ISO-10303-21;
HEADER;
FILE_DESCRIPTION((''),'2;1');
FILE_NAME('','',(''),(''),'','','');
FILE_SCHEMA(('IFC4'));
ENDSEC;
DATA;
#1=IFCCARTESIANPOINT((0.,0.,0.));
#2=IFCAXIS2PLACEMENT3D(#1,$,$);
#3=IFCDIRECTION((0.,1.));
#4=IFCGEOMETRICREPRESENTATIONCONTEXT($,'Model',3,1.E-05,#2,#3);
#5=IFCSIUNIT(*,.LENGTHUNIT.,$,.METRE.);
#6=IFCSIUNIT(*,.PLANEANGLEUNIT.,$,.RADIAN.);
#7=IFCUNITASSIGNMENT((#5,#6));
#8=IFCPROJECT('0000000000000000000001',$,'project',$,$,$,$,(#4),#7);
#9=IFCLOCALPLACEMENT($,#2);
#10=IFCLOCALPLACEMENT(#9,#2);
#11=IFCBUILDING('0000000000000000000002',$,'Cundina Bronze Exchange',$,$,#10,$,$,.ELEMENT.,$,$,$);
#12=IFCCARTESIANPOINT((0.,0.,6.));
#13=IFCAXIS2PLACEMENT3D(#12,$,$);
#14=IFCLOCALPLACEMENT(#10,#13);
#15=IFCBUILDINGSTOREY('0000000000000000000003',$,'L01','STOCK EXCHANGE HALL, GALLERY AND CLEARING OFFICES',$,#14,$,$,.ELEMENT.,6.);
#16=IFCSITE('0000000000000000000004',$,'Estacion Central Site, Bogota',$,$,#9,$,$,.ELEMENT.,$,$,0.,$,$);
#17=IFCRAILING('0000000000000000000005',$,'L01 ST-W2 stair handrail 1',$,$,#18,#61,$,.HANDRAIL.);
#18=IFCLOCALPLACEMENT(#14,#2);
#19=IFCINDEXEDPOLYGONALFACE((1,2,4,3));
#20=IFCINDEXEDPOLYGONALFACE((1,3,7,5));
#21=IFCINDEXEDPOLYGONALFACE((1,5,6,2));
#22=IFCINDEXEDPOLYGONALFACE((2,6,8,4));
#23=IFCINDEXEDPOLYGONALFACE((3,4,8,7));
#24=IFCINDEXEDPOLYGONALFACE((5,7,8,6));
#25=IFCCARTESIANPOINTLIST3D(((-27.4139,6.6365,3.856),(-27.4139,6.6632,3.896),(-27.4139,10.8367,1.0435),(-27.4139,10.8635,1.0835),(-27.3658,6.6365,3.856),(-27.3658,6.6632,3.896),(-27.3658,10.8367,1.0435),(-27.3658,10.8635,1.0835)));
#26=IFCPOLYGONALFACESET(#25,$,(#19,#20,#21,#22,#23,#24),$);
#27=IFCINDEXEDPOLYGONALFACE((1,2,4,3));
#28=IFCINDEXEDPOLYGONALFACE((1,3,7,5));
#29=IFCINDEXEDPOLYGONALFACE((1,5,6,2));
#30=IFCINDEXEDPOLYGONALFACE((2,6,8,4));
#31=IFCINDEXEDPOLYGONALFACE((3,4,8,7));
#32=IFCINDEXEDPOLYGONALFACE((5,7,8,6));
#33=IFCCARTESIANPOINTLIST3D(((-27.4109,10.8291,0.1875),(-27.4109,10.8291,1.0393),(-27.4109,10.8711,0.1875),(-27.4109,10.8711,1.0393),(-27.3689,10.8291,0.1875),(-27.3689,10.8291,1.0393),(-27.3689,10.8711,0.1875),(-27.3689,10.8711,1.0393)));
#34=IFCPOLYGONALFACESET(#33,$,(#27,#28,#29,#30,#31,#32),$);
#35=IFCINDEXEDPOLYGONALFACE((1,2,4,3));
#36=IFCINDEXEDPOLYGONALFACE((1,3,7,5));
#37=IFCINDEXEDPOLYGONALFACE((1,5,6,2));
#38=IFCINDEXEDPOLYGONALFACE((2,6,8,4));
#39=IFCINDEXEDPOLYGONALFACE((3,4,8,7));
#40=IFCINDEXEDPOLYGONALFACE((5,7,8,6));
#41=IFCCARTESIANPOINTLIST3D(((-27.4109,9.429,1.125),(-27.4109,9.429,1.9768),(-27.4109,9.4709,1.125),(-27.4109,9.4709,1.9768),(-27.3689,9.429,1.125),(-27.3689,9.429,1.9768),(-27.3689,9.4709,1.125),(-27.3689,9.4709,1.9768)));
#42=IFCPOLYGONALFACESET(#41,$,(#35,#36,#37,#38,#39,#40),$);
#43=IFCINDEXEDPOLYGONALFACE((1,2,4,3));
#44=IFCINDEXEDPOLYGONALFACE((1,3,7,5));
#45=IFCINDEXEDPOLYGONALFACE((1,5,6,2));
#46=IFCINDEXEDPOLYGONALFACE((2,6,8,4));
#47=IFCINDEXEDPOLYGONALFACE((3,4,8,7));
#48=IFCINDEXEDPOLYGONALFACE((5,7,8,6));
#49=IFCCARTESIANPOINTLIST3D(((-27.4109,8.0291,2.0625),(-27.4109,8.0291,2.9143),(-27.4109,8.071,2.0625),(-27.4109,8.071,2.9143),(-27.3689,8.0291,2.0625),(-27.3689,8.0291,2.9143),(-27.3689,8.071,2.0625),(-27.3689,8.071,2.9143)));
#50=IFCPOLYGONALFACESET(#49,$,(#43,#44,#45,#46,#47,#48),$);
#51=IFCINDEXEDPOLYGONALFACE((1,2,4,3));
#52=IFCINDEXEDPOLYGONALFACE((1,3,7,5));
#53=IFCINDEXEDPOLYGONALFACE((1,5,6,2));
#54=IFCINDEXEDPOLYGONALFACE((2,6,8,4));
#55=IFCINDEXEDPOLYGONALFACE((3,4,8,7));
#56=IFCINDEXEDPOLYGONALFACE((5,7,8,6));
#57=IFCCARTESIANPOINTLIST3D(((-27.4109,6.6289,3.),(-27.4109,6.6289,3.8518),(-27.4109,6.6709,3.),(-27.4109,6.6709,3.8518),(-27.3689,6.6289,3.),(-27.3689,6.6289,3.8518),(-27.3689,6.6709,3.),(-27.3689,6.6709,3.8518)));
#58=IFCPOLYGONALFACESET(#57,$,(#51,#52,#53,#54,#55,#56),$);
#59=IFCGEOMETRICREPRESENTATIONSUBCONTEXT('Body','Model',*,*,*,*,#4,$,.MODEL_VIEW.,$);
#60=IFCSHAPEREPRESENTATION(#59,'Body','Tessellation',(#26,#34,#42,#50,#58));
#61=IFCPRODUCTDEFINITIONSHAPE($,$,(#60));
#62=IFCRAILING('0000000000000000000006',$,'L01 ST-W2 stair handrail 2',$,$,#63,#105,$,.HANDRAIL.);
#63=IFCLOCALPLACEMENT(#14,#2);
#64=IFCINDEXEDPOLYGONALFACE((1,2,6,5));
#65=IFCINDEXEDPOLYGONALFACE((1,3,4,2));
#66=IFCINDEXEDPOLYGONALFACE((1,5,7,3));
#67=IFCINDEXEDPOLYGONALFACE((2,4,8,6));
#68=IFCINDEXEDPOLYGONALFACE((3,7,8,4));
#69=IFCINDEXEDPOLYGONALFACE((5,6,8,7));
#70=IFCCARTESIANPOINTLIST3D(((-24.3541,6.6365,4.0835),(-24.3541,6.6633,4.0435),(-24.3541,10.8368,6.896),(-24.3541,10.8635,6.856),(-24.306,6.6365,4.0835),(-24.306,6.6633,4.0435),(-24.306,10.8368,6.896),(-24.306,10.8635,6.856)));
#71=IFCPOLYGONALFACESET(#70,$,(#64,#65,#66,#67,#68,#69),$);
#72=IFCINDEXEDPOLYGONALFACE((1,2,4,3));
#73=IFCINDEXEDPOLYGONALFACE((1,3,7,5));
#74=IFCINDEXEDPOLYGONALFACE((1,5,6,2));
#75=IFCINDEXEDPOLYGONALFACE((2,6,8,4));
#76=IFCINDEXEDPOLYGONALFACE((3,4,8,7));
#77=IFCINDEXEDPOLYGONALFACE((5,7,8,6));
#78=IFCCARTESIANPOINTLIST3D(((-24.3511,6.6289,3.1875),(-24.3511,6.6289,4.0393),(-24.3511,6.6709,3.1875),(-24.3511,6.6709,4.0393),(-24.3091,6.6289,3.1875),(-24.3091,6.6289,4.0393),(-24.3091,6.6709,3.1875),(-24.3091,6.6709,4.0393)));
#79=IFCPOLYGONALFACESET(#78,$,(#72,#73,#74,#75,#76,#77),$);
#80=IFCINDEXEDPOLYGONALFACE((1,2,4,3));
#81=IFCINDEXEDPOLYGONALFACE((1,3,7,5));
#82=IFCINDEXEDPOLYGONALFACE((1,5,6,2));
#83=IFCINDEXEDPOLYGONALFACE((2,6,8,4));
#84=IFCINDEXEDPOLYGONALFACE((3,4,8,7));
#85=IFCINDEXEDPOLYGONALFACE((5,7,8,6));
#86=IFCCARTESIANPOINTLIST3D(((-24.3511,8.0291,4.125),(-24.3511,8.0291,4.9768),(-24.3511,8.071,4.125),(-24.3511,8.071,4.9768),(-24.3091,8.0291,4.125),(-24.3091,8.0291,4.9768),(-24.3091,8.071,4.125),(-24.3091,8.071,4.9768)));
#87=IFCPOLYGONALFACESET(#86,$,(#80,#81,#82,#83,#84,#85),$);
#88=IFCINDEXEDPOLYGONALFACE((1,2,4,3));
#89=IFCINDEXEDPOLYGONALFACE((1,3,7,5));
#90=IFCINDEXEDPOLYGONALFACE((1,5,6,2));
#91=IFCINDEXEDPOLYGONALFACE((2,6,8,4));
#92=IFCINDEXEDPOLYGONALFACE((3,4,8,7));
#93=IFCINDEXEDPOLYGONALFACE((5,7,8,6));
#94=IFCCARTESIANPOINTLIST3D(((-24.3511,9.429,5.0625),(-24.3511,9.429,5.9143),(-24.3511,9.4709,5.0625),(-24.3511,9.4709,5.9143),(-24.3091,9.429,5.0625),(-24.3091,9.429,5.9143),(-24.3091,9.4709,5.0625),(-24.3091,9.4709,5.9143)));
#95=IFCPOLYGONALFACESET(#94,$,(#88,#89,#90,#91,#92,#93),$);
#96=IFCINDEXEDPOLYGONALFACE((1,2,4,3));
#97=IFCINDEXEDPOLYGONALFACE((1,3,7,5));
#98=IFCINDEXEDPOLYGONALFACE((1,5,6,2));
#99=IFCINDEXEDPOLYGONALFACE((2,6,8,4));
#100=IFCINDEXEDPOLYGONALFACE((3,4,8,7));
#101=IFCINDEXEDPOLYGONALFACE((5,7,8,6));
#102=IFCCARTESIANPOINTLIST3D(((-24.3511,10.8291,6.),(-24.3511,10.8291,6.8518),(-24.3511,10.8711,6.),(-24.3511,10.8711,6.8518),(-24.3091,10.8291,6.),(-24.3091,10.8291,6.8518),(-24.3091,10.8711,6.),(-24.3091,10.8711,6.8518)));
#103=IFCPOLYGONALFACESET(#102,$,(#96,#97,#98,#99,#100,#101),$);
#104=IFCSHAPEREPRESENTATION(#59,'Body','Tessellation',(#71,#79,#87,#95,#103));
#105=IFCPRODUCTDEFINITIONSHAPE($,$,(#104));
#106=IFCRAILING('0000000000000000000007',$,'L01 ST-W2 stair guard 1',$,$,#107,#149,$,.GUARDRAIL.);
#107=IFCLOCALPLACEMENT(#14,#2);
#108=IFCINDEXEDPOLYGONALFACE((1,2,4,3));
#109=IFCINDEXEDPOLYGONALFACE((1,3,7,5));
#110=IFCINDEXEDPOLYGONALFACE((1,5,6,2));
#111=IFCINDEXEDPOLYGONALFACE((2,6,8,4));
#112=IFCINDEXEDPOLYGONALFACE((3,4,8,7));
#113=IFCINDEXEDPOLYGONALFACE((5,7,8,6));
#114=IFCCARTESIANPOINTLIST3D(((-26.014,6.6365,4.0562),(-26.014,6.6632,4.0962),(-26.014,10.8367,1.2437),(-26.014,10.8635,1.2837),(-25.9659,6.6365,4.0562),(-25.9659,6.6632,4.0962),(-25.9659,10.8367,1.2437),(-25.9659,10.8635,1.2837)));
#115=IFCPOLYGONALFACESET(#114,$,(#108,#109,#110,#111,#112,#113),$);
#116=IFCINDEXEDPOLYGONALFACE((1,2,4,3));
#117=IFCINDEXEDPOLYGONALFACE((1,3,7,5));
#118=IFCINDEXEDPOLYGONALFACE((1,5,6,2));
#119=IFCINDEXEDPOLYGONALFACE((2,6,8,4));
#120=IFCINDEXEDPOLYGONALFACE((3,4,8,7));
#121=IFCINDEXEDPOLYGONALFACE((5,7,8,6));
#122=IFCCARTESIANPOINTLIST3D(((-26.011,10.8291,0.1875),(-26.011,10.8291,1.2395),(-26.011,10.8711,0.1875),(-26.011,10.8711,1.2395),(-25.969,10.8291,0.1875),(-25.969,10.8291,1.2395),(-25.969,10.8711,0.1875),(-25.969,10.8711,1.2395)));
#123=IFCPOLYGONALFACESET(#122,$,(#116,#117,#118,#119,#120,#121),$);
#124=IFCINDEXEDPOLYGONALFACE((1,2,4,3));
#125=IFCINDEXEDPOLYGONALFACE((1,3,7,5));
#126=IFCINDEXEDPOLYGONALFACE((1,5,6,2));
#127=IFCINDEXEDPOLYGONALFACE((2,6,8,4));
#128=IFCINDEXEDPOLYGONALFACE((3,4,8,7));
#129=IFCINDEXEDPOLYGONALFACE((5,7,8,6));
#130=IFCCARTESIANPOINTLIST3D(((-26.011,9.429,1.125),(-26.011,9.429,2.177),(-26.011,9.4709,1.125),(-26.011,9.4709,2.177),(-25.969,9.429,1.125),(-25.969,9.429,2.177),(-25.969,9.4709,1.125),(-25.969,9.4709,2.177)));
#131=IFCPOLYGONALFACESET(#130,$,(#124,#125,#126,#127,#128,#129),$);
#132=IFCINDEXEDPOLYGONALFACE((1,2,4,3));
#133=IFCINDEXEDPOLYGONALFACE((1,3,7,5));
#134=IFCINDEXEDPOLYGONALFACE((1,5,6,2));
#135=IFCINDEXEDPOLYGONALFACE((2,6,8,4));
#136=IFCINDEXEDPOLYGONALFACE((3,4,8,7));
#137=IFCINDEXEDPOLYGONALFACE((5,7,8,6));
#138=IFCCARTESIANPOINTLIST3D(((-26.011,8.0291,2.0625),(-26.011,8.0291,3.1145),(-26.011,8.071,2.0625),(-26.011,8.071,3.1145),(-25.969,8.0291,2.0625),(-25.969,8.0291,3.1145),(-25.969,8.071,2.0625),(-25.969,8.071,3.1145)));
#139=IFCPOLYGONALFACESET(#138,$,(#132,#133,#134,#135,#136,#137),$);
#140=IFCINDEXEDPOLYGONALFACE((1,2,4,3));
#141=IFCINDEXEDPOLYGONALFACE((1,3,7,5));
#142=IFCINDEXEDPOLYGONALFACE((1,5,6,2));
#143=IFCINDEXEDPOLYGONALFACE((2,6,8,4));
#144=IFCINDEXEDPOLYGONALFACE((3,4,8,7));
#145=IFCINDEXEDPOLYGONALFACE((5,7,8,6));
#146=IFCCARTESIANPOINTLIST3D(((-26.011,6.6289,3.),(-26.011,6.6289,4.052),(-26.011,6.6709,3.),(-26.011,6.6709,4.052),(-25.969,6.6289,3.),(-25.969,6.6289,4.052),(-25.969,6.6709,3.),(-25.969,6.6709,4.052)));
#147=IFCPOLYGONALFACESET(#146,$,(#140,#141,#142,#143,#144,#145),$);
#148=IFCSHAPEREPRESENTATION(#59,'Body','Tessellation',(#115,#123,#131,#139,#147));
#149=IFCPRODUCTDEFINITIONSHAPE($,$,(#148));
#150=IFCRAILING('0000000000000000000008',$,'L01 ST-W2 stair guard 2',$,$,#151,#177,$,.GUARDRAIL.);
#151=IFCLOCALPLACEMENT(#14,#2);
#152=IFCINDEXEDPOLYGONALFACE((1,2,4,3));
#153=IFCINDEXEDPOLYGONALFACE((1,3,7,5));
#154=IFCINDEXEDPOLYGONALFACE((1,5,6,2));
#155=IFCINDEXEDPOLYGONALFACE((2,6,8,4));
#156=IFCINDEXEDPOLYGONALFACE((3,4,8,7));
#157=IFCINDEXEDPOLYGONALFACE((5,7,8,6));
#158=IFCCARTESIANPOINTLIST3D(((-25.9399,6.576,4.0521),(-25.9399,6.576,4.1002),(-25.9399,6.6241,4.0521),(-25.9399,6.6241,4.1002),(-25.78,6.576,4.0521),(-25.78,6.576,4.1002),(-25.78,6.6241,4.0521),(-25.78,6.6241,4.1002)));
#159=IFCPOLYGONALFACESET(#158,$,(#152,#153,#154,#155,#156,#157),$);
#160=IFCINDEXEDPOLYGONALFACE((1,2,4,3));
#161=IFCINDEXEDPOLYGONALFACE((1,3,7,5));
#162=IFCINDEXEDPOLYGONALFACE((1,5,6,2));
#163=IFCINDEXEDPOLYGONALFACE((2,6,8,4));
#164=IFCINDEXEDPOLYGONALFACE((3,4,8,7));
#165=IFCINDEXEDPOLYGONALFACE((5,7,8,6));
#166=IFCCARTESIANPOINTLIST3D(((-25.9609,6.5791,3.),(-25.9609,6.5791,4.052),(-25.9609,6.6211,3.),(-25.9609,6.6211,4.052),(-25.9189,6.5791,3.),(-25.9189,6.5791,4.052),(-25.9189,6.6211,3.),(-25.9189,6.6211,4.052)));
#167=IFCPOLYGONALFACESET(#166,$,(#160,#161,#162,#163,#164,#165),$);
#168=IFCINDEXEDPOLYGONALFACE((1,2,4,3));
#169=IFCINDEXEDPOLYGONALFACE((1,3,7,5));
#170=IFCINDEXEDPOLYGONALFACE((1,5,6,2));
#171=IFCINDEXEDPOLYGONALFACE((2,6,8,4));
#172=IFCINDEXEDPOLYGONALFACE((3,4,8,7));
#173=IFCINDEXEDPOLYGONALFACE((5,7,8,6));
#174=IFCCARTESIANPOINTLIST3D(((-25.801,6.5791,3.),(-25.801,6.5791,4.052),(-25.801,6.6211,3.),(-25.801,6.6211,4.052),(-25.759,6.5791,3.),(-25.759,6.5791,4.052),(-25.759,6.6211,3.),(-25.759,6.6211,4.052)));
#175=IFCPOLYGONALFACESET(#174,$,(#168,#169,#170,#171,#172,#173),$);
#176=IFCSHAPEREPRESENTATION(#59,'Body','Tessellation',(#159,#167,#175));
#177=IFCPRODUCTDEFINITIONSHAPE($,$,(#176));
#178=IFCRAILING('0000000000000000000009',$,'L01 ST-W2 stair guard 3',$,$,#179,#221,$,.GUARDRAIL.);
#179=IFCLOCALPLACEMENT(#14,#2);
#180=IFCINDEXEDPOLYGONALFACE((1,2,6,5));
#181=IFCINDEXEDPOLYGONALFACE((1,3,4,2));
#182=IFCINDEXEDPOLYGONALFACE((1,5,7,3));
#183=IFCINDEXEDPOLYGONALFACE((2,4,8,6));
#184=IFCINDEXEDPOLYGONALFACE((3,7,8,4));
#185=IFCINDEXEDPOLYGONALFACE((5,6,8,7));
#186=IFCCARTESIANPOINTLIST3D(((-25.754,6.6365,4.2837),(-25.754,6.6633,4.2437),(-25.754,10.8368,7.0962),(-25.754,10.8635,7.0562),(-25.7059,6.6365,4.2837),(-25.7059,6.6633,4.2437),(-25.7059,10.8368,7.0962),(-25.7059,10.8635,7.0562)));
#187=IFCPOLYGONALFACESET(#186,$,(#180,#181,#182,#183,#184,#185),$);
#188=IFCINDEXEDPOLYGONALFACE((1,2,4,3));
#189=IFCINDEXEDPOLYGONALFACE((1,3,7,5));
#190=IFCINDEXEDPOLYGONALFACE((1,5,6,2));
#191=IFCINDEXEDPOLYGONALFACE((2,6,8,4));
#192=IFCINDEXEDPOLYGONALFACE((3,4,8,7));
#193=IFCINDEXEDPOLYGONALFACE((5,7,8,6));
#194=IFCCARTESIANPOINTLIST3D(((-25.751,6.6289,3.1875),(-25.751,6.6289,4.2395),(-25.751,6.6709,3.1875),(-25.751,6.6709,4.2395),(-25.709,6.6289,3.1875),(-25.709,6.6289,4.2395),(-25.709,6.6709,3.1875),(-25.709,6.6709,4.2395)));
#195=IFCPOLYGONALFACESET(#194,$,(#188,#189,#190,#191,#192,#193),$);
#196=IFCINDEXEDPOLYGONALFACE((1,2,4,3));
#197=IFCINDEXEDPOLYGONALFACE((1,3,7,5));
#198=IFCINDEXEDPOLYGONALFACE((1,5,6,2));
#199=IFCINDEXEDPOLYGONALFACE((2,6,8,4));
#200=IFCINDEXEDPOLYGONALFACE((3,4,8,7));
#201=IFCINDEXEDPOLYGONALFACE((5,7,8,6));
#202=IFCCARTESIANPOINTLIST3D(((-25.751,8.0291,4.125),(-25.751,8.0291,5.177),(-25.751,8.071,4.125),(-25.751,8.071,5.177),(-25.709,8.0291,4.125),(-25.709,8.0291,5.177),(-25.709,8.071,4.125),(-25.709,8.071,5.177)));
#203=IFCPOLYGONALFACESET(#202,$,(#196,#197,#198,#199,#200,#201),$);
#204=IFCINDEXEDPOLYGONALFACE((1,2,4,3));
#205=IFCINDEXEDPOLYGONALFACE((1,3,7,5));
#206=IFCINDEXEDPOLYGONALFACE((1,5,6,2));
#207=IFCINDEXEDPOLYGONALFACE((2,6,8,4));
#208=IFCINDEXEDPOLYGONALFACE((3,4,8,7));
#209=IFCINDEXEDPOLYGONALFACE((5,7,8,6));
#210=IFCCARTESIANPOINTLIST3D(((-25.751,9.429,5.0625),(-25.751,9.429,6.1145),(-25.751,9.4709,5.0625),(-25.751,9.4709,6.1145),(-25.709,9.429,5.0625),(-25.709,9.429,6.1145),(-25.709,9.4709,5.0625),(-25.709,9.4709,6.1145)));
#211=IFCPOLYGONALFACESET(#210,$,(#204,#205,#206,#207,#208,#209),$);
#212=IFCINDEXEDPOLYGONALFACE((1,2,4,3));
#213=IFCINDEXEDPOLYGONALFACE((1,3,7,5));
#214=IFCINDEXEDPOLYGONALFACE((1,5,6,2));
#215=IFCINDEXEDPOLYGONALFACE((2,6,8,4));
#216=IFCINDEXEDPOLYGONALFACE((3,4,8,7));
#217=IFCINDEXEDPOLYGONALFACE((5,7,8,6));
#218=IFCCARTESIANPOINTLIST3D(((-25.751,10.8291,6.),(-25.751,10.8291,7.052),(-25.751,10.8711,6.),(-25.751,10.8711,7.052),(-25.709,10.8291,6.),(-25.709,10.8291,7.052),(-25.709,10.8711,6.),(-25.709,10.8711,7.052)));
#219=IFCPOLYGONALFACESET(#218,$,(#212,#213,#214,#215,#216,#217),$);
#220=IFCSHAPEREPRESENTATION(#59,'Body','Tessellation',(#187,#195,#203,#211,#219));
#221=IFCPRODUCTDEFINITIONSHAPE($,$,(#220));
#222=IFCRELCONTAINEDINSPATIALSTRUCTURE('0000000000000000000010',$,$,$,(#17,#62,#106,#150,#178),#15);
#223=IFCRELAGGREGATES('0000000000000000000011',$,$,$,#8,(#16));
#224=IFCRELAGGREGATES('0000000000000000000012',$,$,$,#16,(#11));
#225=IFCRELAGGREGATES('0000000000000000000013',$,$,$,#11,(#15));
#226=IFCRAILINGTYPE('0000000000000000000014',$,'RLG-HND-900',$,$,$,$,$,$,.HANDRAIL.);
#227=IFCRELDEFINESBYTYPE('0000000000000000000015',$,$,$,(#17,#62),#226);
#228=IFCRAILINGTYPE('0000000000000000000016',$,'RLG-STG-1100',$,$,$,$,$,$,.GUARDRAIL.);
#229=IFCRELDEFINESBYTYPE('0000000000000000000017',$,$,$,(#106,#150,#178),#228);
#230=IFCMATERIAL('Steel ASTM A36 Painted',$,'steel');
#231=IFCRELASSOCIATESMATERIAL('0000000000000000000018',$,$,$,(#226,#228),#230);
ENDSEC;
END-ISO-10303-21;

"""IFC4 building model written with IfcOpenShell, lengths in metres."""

from ifc_helpers import new_model, si_unit, direction, frame, origin, origin_2d, place, context, subcontext, project, spatial, rectangle, extrude, material, type_object, element, save


model = new_model("IFC4")

# Units and contexts
model_context = context("Model", 3, precision=1e-05, world=origin(), true_north=direction((0.0, 1.0)))
body_context = subcontext(model_context, "Body", "Model", "MODEL_VIEW")
ifc_project = project(units=[si_unit("LENGTHUNIT", "METRE"), si_unit("PLANEANGLEUNIT", "RADIAN")], contexts=[model_context])

# Site, building, storey
site_placement = place(None, origin())
site = spatial("IfcSite", under=ifc_project, at=site_placement, Name="Estacion Central Site, Bogota", CompositionType="ELEMENT", RefElevation=0.0)
building_placement = place(site_placement, origin())
building = spatial("IfcBuilding", under=site, at=building_placement, Name="Cundina Bronze Exchange", CompositionType="ELEMENT")
storey_placement = place(building_placement, frame((0.0, 0.0, 6.0)))
storey = spatial("IfcBuildingStorey", under=building, at=storey_placement, Name="L01", Description="STOCK EXCHANGE HALL, GALLERY AND CLEARING OFFICES", CompositionType="ELEMENT", Elevation=6.0)

# Shared definitions
ifc_material_1 = material(Name="Steel ASTM A36 Painted", Category="steel")

# Railings
railing_type_1 = type_object("IfcRailingType", Name="RLG-HND-900", PredefinedType="HANDRAIL", material=ifc_material_1)
railing_1_placement = place(storey_placement, frame((-27.3899, 10.8501, 0.1875)))
element("IfcRailing", 1, at=railing_1_placement, inside=storey, type_object=railing_type_1, Name="L01 ST-W2 stair handrail 1", PredefinedType="HANDRAIL", context=body_context, shape_type="SweptSolid", body=[
    extrude(rectangle(XDim=0.0481, YDim=0.0481, at=origin_2d()), frame((0.0, 0.0, 0.876), z_axis=(0.0, -0.830919, 0.556393), x_axis=(1.0, 0.0, 0.0)), (0.0, 0.0, 1.0), 5.0549),
    extrude(rectangle(XDim=0.042, YDim=0.042, at=origin_2d()), origin(), (0.0, 0.0, 1.0), 0.8518),
    extrude(rectangle(XDim=0.042, YDim=0.042, at=origin_2d()), frame((0.0, -1.4001, 0.9375)), (0.0, 0.0, 1.0), 0.8518),
    extrude(rectangle(XDim=0.042, YDim=0.042, at=origin_2d()), frame((0.0, -2.8, 1.875)), (0.0, 0.0, 1.0), 0.8518),
    extrude(rectangle(XDim=0.042, YDim=0.042, at=origin_2d()), frame((0.0, -4.2002, 2.8125)), (0.0, 0.0, 1.0), 0.8518),
])
railing_2_placement = place(storey_placement, frame((-24.3301, 6.6499, 3.1875)))
element("IfcRailing", 2, at=railing_2_placement, inside=storey, type_object=railing_type_1, Name="L01 ST-W2 stair handrail 2", PredefinedType="HANDRAIL", context=body_context, shape_type="SweptSolid", body=[
    extrude(rectangle(XDim=0.0481, YDim=0.0481, at=origin_2d()), frame((0.0, 0.0, 0.876), z_axis=(0.0, 0.830919, 0.556393), x_axis=(-1.0, 0.0, 0.0)), (0.0, 0.0, 1.0), 5.0549),
    extrude(rectangle(XDim=0.042, YDim=0.042, at=origin_2d()), origin(), (0.0, 0.0, 1.0), 0.8518),
    extrude(rectangle(XDim=0.042, YDim=0.042, at=origin_2d()), frame((0.0, 1.4001, 0.9375)), (0.0, 0.0, 1.0), 0.8518),
    extrude(rectangle(XDim=0.042, YDim=0.042, at=origin_2d()), frame((0.0, 2.8, 1.875)), (0.0, 0.0, 1.0), 0.8518),
    extrude(rectangle(XDim=0.042, YDim=0.042, at=origin_2d()), frame((0.0, 4.2002, 2.8125)), (0.0, 0.0, 1.0), 0.8518),
])
railing_type_2 = type_object("IfcRailingType", Name="RLG-STG-1100", PredefinedType="GUARDRAIL", material=ifc_material_1)
railing_3_placement = place(storey_placement, frame((-25.99, 10.8501, 0.1875)))
element("IfcRailing", 3, at=railing_3_placement, inside=storey, type_object=railing_type_2, Name="L01 ST-W2 stair guard 1", PredefinedType="GUARDRAIL", context=body_context, shape_type="SweptSolid", body=[
    extrude(rectangle(XDim=0.0481, YDim=0.0481, at=origin_2d()), frame((0.0, 0.0, 1.0762), z_axis=(0.0, -0.830919, 0.556393), x_axis=(1.0, 0.0, 0.0)), (0.0, 0.0, 1.0), 5.0549),
    extrude(rectangle(XDim=0.042, YDim=0.042, at=origin_2d()), origin(), (0.0, 0.0, 1.0), 1.052),
    extrude(rectangle(XDim=0.042, YDim=0.042, at=origin_2d()), frame((0.0, -1.4001, 0.9375)), (0.0, 0.0, 1.0), 1.052),
    extrude(rectangle(XDim=0.042, YDim=0.042, at=origin_2d()), frame((0.0, -2.8, 1.875)), (0.0, 0.0, 1.0), 1.052),
    extrude(rectangle(XDim=0.042, YDim=0.042, at=origin_2d()), frame((0.0, -4.2002, 2.8125)), (0.0, 0.0, 1.0), 1.052),
])
railing_4_placement = place(storey_placement, frame((-25.9399, 6.6001, 3.0)))
element("IfcRailing", 4, at=railing_4_placement, inside=storey, type_object=railing_type_2, Name="L01 ST-W2 stair guard 2", PredefinedType="GUARDRAIL", context=body_context, shape_type="SweptSolid", body=[
    extrude(rectangle(XDim=0.0481, YDim=0.0481, at=origin_2d()), frame((0.0, 0.0, 1.0762), z_axis=(1.0, 0.0, 0.0), x_axis=(0.0, 1.0, 0.0)), (0.0, 0.0, 1.0), 0.1599),
    extrude(rectangle(XDim=0.042, YDim=0.042, at=origin_2d()), origin(), (0.0, 0.0, 1.0), 1.052),
    extrude(rectangle(XDim=0.042, YDim=0.042, at=origin_2d()), frame((0.1599, 0.0, 0.0)), (0.0, 0.0, 1.0), 1.052),
])
railing_5_placement = place(storey_placement, frame((-25.73, 6.6499, 3.1875)))
element("IfcRailing", 5, at=railing_5_placement, inside=storey, type_object=railing_type_2, Name="L01 ST-W2 stair guard 3", PredefinedType="GUARDRAIL", context=body_context, shape_type="SweptSolid", body=[
    extrude(rectangle(XDim=0.0481, YDim=0.0481, at=origin_2d()), frame((0.0, 0.0, 1.0762), z_axis=(0.0, 0.830919, 0.556393), x_axis=(-1.0, 0.0, 0.0)), (0.0, 0.0, 1.0), 5.0549),
    extrude(rectangle(XDim=0.042, YDim=0.042, at=origin_2d()), origin(), (0.0, 0.0, 1.0), 1.052),
    extrude(rectangle(XDim=0.042, YDim=0.042, at=origin_2d()), frame((0.0, 1.4001, 0.9375)), (0.0, 0.0, 1.0), 1.052),
    extrude(rectangle(XDim=0.042, YDim=0.042, at=origin_2d()), frame((0.0, 2.8, 1.875)), (0.0, 0.0, 1.0), 1.052),
    extrude(rectangle(XDim=0.042, YDim=0.042, at=origin_2d()), frame((0.0, 4.2002, 2.8125)), (0.0, 0.0, 1.0), 1.052),
])

save(model, "model.ifc")
